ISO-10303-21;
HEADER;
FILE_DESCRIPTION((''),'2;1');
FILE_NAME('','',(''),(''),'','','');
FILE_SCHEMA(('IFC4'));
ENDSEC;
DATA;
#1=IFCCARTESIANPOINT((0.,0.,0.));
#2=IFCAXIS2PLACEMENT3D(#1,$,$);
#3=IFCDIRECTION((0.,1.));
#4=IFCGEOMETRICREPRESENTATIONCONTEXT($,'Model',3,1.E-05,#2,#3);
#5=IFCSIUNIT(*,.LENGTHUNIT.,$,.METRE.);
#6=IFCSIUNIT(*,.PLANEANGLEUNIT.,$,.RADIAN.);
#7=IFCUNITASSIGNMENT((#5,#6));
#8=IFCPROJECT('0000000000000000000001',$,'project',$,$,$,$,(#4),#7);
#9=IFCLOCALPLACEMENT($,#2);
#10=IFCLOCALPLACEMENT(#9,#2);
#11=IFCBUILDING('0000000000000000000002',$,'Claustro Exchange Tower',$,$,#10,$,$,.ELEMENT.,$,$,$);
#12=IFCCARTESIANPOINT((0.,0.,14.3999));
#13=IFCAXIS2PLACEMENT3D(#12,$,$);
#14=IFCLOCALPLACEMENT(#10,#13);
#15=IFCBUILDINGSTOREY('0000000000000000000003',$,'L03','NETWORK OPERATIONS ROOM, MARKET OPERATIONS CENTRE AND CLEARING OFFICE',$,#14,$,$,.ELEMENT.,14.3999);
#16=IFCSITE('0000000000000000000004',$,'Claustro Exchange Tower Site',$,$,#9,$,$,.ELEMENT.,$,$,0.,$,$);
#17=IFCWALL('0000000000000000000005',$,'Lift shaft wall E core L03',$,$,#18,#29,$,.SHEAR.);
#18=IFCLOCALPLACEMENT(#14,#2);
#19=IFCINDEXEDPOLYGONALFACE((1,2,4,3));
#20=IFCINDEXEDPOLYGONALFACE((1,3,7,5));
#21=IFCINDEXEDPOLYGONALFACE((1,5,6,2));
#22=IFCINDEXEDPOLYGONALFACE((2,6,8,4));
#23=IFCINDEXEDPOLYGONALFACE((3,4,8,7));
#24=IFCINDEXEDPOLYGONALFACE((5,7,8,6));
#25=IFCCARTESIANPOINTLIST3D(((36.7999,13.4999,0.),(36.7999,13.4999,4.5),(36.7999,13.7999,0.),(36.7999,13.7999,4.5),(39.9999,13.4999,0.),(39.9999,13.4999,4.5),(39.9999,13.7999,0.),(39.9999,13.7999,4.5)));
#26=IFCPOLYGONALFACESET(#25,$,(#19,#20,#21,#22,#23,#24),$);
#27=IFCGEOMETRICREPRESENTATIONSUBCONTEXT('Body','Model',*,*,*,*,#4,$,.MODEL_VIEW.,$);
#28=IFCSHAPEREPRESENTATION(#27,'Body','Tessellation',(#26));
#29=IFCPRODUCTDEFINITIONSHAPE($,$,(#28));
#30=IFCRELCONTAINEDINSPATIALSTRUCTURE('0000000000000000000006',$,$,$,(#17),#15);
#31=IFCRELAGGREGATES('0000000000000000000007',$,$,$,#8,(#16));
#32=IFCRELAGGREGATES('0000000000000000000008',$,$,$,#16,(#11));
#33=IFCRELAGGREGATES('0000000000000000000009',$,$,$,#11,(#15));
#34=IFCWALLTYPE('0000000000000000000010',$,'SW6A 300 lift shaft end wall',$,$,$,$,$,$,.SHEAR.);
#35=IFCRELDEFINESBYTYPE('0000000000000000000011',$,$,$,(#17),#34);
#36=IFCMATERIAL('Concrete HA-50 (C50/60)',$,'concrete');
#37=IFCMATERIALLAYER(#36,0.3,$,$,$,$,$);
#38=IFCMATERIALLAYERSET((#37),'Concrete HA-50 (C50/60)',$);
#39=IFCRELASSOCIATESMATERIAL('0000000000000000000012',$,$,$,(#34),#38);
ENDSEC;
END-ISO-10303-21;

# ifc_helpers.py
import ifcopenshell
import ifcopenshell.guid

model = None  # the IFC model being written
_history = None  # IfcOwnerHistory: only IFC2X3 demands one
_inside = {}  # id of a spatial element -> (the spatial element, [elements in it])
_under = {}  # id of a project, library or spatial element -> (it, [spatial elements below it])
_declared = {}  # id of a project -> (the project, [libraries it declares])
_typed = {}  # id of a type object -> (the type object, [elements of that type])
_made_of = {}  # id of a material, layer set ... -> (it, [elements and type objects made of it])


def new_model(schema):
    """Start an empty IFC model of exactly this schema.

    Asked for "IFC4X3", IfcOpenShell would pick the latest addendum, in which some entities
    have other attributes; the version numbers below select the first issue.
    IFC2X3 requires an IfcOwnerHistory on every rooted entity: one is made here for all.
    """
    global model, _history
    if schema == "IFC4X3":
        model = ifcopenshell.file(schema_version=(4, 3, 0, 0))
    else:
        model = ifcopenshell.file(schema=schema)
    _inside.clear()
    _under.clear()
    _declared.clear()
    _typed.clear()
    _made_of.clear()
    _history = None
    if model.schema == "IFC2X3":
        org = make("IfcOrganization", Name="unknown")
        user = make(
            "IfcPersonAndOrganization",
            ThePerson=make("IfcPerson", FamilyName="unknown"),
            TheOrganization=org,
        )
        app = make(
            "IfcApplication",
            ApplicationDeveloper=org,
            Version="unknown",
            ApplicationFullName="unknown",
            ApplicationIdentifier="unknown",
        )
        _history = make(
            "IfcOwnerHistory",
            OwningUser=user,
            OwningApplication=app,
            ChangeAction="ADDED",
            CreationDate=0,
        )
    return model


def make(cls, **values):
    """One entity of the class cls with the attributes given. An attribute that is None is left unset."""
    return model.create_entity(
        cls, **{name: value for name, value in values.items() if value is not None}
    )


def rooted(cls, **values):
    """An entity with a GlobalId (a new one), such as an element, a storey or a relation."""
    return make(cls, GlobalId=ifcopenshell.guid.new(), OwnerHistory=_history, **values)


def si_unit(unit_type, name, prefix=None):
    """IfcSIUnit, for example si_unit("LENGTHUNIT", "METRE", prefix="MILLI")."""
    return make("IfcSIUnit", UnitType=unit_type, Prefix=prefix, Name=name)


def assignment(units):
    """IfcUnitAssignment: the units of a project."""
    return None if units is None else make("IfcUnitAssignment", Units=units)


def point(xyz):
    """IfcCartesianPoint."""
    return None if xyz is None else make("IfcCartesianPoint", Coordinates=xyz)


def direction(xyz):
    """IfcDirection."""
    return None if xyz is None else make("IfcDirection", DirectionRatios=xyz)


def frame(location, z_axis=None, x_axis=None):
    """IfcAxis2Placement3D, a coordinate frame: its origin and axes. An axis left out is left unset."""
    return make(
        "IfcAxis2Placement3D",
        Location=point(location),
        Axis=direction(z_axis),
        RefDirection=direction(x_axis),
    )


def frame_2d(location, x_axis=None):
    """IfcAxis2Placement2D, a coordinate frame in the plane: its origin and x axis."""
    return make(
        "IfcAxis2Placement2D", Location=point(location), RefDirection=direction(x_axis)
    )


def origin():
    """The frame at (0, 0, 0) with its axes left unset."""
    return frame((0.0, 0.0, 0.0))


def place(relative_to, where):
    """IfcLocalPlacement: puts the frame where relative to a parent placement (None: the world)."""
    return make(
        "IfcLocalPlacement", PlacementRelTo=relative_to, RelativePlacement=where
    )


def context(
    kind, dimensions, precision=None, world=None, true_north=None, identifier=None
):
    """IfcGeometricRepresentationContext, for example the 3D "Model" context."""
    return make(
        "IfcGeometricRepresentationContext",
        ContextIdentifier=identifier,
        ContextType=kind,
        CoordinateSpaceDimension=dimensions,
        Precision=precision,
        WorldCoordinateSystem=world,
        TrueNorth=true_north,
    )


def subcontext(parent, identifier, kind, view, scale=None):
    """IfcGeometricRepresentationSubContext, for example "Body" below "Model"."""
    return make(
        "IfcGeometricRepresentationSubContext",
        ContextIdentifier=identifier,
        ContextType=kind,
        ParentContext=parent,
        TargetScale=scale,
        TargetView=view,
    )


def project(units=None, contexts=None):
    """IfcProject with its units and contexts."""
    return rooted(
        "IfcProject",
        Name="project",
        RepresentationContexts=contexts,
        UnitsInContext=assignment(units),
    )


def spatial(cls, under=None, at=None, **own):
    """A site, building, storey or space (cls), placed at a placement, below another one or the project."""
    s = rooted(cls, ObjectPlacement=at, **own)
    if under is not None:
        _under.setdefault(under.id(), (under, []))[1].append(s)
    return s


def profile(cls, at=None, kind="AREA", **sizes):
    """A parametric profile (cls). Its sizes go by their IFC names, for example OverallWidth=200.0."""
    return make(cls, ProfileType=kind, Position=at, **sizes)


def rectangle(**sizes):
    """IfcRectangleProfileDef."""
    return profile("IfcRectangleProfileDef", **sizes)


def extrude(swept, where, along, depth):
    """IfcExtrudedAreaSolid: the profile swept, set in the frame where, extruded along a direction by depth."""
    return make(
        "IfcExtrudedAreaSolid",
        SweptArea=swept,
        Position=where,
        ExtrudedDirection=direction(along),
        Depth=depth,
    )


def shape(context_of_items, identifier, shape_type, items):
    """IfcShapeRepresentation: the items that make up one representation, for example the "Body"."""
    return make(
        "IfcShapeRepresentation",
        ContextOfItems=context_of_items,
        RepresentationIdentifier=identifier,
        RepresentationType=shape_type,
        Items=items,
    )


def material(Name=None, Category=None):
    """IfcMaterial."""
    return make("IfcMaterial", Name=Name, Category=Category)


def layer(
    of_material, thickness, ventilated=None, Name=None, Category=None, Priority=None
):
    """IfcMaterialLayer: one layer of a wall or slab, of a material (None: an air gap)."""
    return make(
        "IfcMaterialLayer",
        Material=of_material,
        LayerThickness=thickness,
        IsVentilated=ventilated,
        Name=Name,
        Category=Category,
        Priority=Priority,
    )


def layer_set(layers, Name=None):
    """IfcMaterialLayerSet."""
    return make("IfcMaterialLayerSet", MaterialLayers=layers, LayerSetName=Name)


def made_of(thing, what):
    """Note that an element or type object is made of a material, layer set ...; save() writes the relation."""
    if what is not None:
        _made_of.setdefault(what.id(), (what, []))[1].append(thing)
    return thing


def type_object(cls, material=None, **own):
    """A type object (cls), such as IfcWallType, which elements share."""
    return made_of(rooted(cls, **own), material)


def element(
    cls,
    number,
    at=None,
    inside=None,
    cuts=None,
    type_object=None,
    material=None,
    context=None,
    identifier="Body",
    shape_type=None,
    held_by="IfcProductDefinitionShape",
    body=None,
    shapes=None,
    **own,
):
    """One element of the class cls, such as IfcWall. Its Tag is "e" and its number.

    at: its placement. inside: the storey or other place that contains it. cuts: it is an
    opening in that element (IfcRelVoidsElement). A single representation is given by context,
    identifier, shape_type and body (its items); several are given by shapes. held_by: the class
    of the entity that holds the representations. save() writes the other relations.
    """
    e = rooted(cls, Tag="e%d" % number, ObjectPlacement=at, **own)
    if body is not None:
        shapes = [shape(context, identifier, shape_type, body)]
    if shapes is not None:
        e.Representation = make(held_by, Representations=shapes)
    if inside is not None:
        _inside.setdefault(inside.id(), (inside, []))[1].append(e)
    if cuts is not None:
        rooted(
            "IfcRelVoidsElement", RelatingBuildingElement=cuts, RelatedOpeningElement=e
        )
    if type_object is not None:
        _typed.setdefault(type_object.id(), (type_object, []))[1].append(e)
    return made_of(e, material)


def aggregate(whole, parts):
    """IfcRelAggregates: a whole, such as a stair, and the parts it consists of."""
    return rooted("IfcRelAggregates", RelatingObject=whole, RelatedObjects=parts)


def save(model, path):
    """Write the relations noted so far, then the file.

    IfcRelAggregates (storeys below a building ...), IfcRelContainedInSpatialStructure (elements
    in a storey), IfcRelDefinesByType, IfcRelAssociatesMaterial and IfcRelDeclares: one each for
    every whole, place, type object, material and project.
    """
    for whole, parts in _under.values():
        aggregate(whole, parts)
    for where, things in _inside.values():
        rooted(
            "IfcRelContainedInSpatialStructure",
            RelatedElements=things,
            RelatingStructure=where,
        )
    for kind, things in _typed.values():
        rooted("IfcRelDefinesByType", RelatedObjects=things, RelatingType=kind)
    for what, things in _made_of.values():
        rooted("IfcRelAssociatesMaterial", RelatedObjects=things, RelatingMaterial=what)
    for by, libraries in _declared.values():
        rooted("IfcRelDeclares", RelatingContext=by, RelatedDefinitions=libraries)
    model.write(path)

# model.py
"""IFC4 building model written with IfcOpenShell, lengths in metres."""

from ifc_helpers import new_model, si_unit, direction, frame, frame_2d, origin, place, context, subcontext, project, spatial, rectangle, extrude, material, layer, layer_set, type_object, element, save


model = new_model("IFC4")

# Units and contexts
model_context = context("Model", 3, precision=1e-05, world=origin(), true_north=direction((0.0, 1.0)))
body_context = subcontext(model_context, "Body", "Model", "MODEL_VIEW")
ifc_project = project(units=[si_unit("LENGTHUNIT", "METRE"), si_unit("PLANEANGLEUNIT", "RADIAN")], contexts=[model_context])

# Site, building, storey
site_placement = place(None, origin())
site = spatial("IfcSite", under=ifc_project, at=site_placement, Name="Claustro Exchange Tower Site", CompositionType="ELEMENT", RefElevation=0.0)
building_placement = place(site_placement, origin())
building = spatial("IfcBuilding", under=site, at=building_placement, Name="Claustro Exchange Tower", CompositionType="ELEMENT")
storey_placement = place(building_placement, frame((0.0, 0.0, 14.3999)))
storey = spatial("IfcBuildingStorey", under=building, at=storey_placement, Name="L03", Description="NETWORK OPERATIONS ROOM, MARKET OPERATIONS CENTRE AND CLEARING OFFICE", CompositionType="ELEMENT", Elevation=14.3999)

# Wall
ifc_material_1 = material(Name="Concrete HA-50 (C50/60)", Category="concrete")
ifc_layer_1 = layer(ifc_material_1, 0.3)
ifc_layer_set_1 = layer_set([ifc_layer_1], Name="Concrete HA-50 (C50/60)")
wall_type_1 = type_object("IfcWallType", Name="SW6A 300 lift shaft end wall", PredefinedType="SHEAR", material=ifc_layer_set_1)
wall_1_placement = place(storey_placement, frame((40.0, 13.6499, 0.0), z_axis=(0.0, 0.0, 1.0), x_axis=(-1.0, 0.0, 0.0)))
element("IfcWall", 1, at=wall_1_placement, inside=storey, type_object=wall_type_1, Name="Lift shaft wall E core L03", PredefinedType="SHEAR", context=body_context, shape_type="SweptSolid", body=[
    extrude(rectangle(XDim=3.2, YDim=0.3, at=frame_2d((1.6001, 0.0))), origin(), (0.0, 0.0, 1.0), 4.5),
])

save(model, "model.ifc")
